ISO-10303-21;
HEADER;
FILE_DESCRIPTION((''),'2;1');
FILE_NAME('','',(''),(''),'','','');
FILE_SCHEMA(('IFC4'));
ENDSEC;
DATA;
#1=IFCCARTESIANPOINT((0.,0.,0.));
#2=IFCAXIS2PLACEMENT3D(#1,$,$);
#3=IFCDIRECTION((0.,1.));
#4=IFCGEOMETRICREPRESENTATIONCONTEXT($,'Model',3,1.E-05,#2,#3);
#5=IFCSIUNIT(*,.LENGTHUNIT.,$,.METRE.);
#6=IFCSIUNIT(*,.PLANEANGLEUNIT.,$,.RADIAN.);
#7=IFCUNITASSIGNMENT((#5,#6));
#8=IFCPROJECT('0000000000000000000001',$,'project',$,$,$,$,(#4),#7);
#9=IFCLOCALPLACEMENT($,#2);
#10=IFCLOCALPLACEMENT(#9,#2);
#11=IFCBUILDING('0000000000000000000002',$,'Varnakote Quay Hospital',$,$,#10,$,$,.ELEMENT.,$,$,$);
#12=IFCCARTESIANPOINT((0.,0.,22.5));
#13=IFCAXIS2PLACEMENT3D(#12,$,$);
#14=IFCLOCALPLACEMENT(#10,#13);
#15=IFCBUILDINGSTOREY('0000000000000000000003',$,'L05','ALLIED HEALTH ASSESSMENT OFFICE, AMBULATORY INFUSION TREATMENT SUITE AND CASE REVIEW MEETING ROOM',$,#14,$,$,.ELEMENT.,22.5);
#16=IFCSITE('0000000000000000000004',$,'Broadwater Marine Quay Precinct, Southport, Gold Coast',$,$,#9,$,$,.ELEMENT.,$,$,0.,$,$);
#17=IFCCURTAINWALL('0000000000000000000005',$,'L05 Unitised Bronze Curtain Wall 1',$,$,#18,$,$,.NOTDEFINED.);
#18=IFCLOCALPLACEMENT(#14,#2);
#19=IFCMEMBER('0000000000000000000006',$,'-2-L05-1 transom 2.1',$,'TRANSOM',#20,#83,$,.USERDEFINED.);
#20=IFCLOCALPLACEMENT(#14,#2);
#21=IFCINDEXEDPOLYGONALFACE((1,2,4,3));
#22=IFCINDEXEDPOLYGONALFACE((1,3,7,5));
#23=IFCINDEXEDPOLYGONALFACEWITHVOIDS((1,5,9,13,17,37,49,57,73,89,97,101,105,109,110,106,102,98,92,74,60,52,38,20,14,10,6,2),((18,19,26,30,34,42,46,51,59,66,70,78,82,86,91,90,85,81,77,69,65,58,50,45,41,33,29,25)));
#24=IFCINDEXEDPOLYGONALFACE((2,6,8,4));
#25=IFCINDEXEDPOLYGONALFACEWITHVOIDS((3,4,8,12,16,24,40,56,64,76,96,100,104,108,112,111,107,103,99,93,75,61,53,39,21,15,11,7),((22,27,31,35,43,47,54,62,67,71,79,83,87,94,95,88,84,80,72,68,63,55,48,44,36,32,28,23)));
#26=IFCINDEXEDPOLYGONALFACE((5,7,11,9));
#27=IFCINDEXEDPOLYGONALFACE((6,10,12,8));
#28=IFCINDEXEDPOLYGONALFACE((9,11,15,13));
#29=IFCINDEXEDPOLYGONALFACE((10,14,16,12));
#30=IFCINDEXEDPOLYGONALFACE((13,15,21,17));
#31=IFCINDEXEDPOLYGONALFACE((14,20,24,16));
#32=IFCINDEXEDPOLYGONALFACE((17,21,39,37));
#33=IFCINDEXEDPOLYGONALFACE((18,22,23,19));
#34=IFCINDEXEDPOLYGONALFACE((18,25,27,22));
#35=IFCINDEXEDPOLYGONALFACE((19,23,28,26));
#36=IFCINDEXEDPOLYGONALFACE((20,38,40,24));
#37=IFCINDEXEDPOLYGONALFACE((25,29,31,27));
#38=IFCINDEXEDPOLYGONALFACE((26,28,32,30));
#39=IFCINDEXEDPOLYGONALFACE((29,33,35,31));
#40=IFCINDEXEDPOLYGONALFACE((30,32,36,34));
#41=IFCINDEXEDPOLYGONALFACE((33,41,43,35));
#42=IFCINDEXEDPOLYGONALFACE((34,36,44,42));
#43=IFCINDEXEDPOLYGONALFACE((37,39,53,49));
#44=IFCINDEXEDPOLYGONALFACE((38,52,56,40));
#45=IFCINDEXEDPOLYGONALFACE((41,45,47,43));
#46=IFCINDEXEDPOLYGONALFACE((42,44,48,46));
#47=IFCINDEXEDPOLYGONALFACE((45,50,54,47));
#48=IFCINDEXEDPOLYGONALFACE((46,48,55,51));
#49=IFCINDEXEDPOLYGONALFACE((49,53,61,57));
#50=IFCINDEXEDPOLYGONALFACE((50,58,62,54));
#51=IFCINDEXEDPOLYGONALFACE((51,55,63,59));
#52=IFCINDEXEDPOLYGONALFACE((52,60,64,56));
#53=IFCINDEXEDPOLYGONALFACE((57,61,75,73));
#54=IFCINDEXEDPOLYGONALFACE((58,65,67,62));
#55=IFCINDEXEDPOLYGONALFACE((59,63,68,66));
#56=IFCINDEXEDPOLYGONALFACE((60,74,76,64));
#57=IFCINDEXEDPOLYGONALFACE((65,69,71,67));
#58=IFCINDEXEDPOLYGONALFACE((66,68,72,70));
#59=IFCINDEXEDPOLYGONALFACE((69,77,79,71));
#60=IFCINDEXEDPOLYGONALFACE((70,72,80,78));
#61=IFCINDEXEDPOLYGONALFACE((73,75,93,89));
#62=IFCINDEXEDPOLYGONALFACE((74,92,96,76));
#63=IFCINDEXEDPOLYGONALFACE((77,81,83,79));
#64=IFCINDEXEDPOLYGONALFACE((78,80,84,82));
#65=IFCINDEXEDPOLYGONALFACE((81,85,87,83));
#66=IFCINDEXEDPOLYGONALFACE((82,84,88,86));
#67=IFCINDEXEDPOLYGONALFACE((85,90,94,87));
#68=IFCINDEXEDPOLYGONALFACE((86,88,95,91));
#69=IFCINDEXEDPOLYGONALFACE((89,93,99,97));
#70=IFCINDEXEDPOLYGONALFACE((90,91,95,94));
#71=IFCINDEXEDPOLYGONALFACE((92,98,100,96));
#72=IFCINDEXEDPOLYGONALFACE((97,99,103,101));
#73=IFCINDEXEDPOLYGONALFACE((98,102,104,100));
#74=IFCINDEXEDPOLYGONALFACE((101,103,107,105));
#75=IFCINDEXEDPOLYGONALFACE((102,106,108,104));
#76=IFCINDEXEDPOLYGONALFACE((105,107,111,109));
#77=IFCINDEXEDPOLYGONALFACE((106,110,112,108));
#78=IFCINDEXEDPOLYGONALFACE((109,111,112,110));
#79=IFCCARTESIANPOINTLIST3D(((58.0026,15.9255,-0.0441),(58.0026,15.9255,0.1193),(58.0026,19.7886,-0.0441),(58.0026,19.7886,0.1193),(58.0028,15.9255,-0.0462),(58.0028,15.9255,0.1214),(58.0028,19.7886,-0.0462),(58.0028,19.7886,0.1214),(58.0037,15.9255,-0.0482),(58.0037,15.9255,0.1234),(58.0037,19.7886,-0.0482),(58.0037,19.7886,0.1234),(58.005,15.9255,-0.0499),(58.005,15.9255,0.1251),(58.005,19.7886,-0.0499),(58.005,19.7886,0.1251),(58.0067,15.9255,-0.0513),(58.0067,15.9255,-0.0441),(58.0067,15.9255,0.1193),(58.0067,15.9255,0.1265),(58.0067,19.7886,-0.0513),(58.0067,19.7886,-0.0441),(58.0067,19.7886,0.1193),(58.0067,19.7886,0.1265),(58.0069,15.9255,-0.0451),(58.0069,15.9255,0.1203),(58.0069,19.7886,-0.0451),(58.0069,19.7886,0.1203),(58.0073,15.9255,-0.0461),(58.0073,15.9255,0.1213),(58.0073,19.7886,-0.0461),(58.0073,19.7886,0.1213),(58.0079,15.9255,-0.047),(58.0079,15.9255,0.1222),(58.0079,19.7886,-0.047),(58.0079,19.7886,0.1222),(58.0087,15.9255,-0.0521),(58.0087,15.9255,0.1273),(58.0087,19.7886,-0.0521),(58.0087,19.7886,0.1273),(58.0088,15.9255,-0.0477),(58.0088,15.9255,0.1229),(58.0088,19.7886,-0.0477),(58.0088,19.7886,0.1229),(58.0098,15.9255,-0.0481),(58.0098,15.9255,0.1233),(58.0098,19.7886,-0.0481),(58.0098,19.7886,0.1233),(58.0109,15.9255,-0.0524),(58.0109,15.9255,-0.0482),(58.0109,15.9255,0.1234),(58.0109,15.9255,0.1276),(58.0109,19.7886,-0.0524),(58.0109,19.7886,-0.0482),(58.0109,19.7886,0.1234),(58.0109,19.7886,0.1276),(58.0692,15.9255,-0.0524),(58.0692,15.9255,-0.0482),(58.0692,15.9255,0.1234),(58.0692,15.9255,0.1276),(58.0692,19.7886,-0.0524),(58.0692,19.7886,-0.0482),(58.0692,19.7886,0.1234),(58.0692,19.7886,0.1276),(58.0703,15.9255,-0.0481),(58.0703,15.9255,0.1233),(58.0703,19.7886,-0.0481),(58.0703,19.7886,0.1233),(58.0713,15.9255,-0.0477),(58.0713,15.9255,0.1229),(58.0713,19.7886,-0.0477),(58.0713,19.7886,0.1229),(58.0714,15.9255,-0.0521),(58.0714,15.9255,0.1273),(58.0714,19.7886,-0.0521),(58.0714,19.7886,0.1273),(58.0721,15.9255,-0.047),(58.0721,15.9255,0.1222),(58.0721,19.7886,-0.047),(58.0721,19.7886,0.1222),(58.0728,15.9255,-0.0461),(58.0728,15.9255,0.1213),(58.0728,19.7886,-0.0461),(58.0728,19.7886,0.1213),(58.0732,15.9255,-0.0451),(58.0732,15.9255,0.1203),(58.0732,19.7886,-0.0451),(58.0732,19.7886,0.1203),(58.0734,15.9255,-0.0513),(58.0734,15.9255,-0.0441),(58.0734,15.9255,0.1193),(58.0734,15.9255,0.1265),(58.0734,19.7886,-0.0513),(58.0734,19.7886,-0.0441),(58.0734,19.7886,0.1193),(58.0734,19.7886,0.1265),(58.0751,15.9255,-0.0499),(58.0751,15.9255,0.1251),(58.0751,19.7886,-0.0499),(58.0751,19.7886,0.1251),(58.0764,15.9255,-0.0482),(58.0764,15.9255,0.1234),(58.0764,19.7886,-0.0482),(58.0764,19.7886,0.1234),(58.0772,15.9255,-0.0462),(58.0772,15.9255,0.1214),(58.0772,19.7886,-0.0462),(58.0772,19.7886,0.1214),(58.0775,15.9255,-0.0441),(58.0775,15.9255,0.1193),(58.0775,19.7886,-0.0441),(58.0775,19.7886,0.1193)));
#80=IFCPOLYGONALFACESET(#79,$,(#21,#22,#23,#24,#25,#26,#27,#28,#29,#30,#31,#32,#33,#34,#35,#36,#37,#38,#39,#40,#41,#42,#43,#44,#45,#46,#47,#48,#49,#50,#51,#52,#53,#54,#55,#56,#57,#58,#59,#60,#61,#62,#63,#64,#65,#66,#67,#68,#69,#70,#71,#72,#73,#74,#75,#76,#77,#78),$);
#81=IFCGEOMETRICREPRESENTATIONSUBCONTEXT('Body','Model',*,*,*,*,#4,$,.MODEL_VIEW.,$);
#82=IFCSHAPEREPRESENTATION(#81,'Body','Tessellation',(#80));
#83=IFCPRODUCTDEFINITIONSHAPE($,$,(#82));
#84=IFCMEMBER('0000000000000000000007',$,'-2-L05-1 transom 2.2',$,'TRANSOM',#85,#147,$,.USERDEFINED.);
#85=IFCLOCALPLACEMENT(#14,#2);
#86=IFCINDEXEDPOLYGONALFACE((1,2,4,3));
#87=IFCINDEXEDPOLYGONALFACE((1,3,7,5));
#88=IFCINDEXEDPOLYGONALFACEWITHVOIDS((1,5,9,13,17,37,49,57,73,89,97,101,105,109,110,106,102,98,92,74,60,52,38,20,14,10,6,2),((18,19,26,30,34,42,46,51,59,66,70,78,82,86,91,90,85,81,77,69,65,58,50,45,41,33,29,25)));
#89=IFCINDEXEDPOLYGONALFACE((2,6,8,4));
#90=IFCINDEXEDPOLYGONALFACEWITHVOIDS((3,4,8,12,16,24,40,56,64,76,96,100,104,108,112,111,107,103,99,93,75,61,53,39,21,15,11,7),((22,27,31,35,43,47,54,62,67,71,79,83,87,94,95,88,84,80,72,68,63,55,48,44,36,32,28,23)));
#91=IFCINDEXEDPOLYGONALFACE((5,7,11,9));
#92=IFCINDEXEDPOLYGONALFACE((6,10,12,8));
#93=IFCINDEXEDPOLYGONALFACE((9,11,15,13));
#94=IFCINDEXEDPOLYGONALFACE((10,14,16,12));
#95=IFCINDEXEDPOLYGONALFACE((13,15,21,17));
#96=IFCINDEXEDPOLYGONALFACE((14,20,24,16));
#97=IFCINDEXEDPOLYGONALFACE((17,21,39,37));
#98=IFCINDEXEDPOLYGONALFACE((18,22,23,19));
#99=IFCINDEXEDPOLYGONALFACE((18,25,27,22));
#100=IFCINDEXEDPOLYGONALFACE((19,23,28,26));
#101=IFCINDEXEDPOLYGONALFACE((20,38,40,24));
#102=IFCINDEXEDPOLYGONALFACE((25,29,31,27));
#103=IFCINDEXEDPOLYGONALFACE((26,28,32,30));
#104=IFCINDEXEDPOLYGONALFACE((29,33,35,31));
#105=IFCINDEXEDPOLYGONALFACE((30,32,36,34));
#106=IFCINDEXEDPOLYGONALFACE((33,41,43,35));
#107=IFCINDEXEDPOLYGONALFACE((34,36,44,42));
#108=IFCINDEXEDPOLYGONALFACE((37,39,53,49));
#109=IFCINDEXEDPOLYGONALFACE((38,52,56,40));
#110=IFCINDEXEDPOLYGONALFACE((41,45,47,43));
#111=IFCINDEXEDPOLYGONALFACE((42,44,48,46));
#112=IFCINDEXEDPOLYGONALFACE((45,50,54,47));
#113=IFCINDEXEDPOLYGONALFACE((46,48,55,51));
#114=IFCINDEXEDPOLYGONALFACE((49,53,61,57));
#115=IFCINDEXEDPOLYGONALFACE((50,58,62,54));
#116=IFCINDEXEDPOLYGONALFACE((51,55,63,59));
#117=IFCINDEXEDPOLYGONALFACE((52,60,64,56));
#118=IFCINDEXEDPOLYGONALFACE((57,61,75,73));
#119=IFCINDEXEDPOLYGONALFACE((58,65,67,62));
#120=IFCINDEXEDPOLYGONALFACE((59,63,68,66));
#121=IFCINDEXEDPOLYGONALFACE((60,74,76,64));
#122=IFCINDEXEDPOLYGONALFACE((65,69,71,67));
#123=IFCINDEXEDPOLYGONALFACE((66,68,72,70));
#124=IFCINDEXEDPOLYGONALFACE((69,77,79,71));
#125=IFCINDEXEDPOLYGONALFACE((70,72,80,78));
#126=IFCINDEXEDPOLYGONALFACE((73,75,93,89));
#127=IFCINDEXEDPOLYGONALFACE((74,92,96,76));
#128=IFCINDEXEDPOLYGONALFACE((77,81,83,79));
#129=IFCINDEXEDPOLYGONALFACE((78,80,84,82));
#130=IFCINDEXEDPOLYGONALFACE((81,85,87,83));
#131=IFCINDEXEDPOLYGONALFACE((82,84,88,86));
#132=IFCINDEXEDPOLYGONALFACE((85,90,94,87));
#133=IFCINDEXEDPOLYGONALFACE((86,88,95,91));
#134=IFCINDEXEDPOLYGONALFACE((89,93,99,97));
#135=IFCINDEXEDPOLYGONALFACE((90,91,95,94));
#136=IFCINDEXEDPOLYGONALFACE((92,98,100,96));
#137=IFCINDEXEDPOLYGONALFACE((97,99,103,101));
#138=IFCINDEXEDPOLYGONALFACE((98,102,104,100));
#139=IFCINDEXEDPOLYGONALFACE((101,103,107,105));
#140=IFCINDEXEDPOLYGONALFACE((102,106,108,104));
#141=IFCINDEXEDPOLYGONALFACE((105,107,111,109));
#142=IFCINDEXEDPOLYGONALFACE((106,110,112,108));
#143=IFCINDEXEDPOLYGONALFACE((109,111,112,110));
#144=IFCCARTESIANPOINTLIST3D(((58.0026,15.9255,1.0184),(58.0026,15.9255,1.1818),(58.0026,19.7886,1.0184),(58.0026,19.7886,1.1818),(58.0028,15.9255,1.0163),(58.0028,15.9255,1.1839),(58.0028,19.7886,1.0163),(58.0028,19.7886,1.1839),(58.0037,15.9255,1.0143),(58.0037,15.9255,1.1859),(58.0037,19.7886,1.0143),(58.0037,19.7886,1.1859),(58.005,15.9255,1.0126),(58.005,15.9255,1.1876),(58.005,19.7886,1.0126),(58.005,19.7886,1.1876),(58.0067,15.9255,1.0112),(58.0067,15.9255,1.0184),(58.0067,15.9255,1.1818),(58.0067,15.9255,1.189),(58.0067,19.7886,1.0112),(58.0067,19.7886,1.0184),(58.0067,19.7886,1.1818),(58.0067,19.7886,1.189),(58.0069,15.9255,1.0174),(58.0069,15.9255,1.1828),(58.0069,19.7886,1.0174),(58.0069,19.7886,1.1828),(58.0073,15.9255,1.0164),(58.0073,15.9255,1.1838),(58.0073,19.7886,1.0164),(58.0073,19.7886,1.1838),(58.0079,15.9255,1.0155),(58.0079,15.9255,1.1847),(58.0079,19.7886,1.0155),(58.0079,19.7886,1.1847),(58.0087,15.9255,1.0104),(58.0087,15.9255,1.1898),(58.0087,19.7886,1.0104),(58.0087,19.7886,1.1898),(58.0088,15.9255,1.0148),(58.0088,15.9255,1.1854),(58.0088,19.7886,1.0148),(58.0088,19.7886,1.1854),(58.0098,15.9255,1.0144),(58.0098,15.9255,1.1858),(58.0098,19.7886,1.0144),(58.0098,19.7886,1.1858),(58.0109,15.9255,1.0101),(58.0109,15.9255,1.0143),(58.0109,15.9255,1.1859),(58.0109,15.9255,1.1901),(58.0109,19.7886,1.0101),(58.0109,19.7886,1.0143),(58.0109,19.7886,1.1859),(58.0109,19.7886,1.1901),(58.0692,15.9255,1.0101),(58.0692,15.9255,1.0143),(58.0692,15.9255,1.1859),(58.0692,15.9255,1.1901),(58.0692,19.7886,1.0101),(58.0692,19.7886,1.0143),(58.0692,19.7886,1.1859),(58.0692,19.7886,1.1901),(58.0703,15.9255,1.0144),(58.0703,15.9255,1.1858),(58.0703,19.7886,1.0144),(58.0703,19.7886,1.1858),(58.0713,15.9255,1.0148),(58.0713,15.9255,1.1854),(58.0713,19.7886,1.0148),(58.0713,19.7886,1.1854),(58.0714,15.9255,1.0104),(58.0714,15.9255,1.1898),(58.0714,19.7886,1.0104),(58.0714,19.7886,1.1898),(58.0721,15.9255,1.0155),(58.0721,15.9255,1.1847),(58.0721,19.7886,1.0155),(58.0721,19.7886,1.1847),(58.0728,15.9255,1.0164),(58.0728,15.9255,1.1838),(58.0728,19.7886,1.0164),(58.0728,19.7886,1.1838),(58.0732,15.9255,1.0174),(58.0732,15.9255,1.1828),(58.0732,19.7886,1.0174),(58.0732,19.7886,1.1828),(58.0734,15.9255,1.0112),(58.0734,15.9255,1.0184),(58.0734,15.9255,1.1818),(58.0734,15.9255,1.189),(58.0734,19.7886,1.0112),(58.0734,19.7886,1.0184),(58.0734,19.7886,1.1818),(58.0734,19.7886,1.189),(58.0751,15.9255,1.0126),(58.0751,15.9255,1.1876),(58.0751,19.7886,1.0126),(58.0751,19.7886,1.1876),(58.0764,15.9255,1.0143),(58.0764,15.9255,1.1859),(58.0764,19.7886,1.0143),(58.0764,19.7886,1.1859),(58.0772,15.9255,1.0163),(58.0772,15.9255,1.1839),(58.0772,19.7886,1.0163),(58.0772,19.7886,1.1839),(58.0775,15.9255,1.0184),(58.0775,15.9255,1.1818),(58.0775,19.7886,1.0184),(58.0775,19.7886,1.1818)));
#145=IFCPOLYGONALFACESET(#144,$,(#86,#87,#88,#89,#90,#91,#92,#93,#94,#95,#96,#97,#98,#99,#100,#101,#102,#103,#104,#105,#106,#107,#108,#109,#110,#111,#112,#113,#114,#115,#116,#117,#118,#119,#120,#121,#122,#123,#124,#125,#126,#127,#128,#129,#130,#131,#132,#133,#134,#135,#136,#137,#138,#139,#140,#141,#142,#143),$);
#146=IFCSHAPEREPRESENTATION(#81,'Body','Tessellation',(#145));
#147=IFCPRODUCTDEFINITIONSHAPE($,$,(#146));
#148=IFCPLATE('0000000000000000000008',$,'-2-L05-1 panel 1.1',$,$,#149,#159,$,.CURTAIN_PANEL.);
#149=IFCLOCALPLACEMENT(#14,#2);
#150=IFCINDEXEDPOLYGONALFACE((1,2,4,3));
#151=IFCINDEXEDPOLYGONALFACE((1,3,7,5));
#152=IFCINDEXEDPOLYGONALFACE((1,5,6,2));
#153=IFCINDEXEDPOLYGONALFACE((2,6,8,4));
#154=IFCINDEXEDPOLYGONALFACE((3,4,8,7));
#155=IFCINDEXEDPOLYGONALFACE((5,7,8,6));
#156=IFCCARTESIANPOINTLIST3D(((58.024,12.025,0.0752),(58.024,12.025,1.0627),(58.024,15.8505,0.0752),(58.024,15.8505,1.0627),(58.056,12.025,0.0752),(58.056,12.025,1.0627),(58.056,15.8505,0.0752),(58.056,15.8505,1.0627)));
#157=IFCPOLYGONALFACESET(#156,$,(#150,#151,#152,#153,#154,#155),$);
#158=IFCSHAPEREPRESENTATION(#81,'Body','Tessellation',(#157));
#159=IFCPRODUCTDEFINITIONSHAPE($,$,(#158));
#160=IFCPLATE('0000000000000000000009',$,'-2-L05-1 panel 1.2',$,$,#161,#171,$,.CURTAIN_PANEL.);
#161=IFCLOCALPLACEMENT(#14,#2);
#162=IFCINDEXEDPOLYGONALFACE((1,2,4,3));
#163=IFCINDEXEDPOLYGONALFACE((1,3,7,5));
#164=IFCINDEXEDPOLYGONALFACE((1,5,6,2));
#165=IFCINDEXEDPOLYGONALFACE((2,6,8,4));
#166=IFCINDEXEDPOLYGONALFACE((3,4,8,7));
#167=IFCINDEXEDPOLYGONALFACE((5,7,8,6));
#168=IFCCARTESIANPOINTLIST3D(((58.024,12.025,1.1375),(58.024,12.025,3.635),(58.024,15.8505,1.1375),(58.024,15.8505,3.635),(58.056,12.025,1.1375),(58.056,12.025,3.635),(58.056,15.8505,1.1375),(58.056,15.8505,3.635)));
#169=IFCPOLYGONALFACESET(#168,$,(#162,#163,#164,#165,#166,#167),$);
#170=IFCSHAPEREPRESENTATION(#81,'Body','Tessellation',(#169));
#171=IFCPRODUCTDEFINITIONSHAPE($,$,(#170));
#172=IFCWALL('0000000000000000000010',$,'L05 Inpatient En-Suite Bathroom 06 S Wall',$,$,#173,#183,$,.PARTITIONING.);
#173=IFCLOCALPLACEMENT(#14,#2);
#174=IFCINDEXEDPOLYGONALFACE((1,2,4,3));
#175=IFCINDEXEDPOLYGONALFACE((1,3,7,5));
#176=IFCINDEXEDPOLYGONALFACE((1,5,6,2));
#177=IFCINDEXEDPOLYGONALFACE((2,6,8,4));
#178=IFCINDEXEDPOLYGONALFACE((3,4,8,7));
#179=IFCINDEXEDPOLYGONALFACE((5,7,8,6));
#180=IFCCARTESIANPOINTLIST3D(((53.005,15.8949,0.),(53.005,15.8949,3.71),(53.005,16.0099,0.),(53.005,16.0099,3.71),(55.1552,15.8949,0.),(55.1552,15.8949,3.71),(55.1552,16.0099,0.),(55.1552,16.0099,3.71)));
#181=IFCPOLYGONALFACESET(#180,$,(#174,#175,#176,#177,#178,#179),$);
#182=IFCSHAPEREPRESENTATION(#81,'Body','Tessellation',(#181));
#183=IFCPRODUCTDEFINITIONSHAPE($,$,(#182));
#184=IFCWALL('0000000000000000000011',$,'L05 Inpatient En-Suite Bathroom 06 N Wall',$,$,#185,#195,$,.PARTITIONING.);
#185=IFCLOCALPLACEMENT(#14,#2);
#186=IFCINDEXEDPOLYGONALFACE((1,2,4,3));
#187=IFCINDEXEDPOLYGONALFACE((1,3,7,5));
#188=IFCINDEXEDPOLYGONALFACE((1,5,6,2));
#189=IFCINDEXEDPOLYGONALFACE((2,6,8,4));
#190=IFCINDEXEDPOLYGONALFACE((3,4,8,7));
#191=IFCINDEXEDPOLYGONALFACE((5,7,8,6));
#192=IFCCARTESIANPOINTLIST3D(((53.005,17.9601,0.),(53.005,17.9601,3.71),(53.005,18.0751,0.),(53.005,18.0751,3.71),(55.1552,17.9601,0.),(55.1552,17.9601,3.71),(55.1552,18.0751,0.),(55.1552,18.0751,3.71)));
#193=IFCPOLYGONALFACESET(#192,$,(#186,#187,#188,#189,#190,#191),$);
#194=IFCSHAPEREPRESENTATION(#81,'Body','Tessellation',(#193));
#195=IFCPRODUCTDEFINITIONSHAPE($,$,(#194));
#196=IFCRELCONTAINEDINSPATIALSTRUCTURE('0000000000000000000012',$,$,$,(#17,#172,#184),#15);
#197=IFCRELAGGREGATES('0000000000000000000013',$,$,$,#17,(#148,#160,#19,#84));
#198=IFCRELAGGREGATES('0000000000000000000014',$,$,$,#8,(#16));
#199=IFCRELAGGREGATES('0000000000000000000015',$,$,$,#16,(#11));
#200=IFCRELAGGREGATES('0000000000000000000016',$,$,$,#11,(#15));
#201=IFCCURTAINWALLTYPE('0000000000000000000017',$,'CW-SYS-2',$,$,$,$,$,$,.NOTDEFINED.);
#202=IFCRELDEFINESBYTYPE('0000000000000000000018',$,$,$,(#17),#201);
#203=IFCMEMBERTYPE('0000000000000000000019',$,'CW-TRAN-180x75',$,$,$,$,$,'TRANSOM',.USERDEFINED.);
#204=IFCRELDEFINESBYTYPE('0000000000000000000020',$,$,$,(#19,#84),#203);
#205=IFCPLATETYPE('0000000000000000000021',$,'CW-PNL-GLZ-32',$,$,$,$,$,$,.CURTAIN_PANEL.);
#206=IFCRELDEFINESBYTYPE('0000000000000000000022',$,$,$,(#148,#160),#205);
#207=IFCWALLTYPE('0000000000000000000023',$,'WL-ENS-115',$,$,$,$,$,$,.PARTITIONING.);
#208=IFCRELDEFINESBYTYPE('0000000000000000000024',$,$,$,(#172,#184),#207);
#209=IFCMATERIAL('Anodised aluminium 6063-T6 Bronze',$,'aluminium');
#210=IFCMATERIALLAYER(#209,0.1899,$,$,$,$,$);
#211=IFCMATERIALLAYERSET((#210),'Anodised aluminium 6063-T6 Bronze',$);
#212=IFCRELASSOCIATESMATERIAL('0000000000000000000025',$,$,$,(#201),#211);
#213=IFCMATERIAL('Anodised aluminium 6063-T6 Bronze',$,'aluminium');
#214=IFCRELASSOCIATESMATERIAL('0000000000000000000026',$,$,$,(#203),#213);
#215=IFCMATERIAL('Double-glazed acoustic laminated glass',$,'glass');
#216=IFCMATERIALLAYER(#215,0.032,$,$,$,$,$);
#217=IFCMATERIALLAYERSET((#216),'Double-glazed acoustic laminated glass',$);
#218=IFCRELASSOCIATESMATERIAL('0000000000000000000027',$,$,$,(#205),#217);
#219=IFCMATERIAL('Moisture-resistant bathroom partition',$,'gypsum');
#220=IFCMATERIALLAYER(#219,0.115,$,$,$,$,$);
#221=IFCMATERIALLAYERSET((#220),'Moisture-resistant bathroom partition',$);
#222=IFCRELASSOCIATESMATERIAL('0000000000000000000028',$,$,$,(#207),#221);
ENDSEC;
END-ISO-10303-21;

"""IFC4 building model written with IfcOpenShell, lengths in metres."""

from ifc_helpers import new_model, si_unit, direction, frame, frame_2d, origin, origin_2d, place, context, subcontext, project, spatial, rectangle, hollow_rectangle, extrude, material, layer, layer_set, material_profile, profile_set, type_object, element, aggregate, save


model = new_model("IFC4")

# Units and contexts
model_context = context("Model", 3, precision=1e-05, world=origin(), true_north=direction((0.0, 1.0)))
body_context = subcontext(model_context, "Body", "Model", "MODEL_VIEW")
ifc_project = project(units=[si_unit("LENGTHUNIT", "METRE"), si_unit("PLANEANGLEUNIT", "RADIAN")], contexts=[model_context])

# Site, building, storey
site_placement = place(None, origin())
site = spatial("IfcSite", under=ifc_project, at=site_placement, Name="Broadwater Marine Quay Precinct, Southport, Gold Coast", CompositionType="ELEMENT", RefElevation=0.0)
building_placement = place(site_placement, origin())
building = spatial("IfcBuilding", under=site, at=building_placement, Name="Varnakote Quay Hospital", CompositionType="ELEMENT")
storey_placement = place(building_placement, frame((0.0, 0.0, 22.5)))
storey = spatial("IfcBuildingStorey", under=building, at=storey_placement, Name="L05", Description="ALLIED HEALTH ASSESSMENT OFFICE, AMBULATORY INFUSION TREATMENT SUITE AND CASE REVIEW MEETING ROOM", CompositionType="ELEMENT", Elevation=22.5)

# Curtain wall, members, plates
ifc_material_1 = material(Name="Anodised aluminium 6063-T6 Bronze", Category="aluminium")
ifc_layer_1 = layer(ifc_material_1, 0.1899)
ifc_layer_set_1 = layer_set([ifc_layer_1], Name="Anodised aluminium 6063-T6 Bronze")
curtain_wall_type = type_object("IfcCurtainWallType", Name="CW-SYS-2", PredefinedType="NOTDEFINED", material=ifc_layer_set_1)
curtain_wall_placement = place(storey_placement, origin())
curtain_wall = element("IfcCurtainWall", 1, at=curtain_wall_placement, inside=storey, type_object=curtain_wall_type, Name="L05 Unitised Bronze Curtain Wall 1", PredefinedType="NOTDEFINED")
ifc_material_2 = material(Name="Anodised aluminium 6063-T6 Bronze", Category="aluminium")
ifc_material_profile_1 = material_profile(ifc_material_2, hollow_rectangle(XDim=0.075, YDim=0.1799, WallThickness=0.0042, InnerFilletRadius=0.0042, OuterFilletRadius=0.0083, at=origin_2d()), Name="CW-TRAN-180x75")
ifc_profile_set_1 = profile_set([ifc_material_profile_1], Name="Anodised aluminium 6063-T6 Bronze")
member_type_1 = type_object("IfcMemberType", Name="CW-TRAN-180x75", ElementType="TRANSOM", PredefinedType="USERDEFINED", material=ifc_profile_set_1)
member_1_placement = place(storey_placement, frame((58.04, 15.9255, 0.0376), z_axis=(0.0, 1.0, 0.0), x_axis=(-1.0, 0.0, 0.0)))
member_1 = element("IfcMember", 2, at=member_1_placement, type_object=member_type_1, Name="-2-L05-1 transom 2.1", ObjectType="TRANSOM", PredefinedType="USERDEFINED", context=body_context, shape_type="SweptSolid", body=[
    extrude(hollow_rectangle(XDim=0.075, YDim=0.1799, WallThickness=0.0042, InnerFilletRadius=0.0042, OuterFilletRadius=0.0083, at=origin_2d()), origin(), (0.0, 0.0, 1.0), 3.863),
])
member_2_placement = place(storey_placement, frame((58.04, 15.9255, 1.1001), z_axis=(0.0, 1.0, 0.0), x_axis=(-1.0, 0.0, 0.0)))
member_2 = element("IfcMember", 3, at=member_2_placement, type_object=member_type_1, Name="-2-L05-1 transom 2.2", ObjectType="TRANSOM", PredefinedType="USERDEFINED", context=body_context, shape_type="SweptSolid", body=[
    extrude(hollow_rectangle(XDim=0.075, YDim=0.1799, WallThickness=0.0042, InnerFilletRadius=0.0042, OuterFilletRadius=0.0083, at=origin_2d()), origin(), (0.0, 0.0, 1.0), 3.863),
])
ifc_material_3 = material(Name="Double-glazed acoustic laminated glass", Category="glass")
ifc_layer_2 = layer(ifc_material_3, 0.032)
ifc_layer_set_2 = layer_set([ifc_layer_2], Name="Double-glazed acoustic laminated glass")
plate_type = type_object("IfcPlateType", Name="CW-PNL-GLZ-32", PredefinedType="CURTAIN_PANEL", material=ifc_layer_set_2)
plate_1_placement = place(storey_placement, frame((58.04, 13.9377, 0.0752), z_axis=(0.0, 0.0, 1.0), x_axis=(0.0, 1.0, 0.0)))
plate_1 = element("IfcPlate", 4, at=plate_1_placement, type_object=plate_type, Name="-2-L05-1 panel 1.1", PredefinedType="CURTAIN_PANEL", context=body_context, shape_type="SweptSolid", body=[
    extrude(rectangle(XDim=3.8254, YDim=0.032, at=origin_2d()), origin(), (0.0, 0.0, 1.0), 0.9875),
])
plate_2_placement = place(storey_placement, frame((58.04, 13.9377, 1.1375), z_axis=(0.0, 0.0, 1.0), x_axis=(0.0, 1.0, 0.0)))
plate_2 = element("IfcPlate", 5, at=plate_2_placement, type_object=plate_type, Name="-2-L05-1 panel 1.2", PredefinedType="CURTAIN_PANEL", context=body_context, shape_type="SweptSolid", body=[
    extrude(rectangle(XDim=3.8254, YDim=0.032, at=origin_2d()), origin(), (0.0, 0.0, 1.0), 2.4976),
])
aggregate(curtain_wall, [plate_1, plate_2, member_1, member_2])

# Walls
ifc_material_4 = material(Name="Moisture-resistant bathroom partition", Category="gypsum")
ifc_layer_3 = layer(ifc_material_4, 0.115)
ifc_layer_set_3 = layer_set([ifc_layer_3], Name="Moisture-resistant bathroom partition")
wall_type_1 = type_object("IfcWallType", Name="WL-ENS-115", PredefinedType="PARTITIONING", material=ifc_layer_set_3)
for number, where, z_axis, x_axis, name in (
    (6, (53.0049, 15.9524, 0.0), (0.0, 0.0, 1.0), (1.0, 0.0, 0.0), "L05 Inpatient En-Suite Bathroom 06 S Wall"),
    (7, (53.0049, 18.0176, 0.0), (0.0, 0.0, 1.0), (1.0, 0.0, 0.0), "L05 Inpatient En-Suite Bathroom 06 N Wall"),
):
    element("IfcWall", number, at=place(storey_placement, frame(where, z_axis=z_axis, x_axis=x_axis)), inside=storey, type_object=wall_type_1, Name=name, PredefinedType="PARTITIONING", context=body_context, shape_type="SweptSolid", body=[
        extrude(rectangle(XDim=2.1501, YDim=0.115, at=frame_2d((1.0752, 0.0))), origin(), (0.0, 0.0, 1.0), 3.71),
    ])

save(model, "model.ifc")
